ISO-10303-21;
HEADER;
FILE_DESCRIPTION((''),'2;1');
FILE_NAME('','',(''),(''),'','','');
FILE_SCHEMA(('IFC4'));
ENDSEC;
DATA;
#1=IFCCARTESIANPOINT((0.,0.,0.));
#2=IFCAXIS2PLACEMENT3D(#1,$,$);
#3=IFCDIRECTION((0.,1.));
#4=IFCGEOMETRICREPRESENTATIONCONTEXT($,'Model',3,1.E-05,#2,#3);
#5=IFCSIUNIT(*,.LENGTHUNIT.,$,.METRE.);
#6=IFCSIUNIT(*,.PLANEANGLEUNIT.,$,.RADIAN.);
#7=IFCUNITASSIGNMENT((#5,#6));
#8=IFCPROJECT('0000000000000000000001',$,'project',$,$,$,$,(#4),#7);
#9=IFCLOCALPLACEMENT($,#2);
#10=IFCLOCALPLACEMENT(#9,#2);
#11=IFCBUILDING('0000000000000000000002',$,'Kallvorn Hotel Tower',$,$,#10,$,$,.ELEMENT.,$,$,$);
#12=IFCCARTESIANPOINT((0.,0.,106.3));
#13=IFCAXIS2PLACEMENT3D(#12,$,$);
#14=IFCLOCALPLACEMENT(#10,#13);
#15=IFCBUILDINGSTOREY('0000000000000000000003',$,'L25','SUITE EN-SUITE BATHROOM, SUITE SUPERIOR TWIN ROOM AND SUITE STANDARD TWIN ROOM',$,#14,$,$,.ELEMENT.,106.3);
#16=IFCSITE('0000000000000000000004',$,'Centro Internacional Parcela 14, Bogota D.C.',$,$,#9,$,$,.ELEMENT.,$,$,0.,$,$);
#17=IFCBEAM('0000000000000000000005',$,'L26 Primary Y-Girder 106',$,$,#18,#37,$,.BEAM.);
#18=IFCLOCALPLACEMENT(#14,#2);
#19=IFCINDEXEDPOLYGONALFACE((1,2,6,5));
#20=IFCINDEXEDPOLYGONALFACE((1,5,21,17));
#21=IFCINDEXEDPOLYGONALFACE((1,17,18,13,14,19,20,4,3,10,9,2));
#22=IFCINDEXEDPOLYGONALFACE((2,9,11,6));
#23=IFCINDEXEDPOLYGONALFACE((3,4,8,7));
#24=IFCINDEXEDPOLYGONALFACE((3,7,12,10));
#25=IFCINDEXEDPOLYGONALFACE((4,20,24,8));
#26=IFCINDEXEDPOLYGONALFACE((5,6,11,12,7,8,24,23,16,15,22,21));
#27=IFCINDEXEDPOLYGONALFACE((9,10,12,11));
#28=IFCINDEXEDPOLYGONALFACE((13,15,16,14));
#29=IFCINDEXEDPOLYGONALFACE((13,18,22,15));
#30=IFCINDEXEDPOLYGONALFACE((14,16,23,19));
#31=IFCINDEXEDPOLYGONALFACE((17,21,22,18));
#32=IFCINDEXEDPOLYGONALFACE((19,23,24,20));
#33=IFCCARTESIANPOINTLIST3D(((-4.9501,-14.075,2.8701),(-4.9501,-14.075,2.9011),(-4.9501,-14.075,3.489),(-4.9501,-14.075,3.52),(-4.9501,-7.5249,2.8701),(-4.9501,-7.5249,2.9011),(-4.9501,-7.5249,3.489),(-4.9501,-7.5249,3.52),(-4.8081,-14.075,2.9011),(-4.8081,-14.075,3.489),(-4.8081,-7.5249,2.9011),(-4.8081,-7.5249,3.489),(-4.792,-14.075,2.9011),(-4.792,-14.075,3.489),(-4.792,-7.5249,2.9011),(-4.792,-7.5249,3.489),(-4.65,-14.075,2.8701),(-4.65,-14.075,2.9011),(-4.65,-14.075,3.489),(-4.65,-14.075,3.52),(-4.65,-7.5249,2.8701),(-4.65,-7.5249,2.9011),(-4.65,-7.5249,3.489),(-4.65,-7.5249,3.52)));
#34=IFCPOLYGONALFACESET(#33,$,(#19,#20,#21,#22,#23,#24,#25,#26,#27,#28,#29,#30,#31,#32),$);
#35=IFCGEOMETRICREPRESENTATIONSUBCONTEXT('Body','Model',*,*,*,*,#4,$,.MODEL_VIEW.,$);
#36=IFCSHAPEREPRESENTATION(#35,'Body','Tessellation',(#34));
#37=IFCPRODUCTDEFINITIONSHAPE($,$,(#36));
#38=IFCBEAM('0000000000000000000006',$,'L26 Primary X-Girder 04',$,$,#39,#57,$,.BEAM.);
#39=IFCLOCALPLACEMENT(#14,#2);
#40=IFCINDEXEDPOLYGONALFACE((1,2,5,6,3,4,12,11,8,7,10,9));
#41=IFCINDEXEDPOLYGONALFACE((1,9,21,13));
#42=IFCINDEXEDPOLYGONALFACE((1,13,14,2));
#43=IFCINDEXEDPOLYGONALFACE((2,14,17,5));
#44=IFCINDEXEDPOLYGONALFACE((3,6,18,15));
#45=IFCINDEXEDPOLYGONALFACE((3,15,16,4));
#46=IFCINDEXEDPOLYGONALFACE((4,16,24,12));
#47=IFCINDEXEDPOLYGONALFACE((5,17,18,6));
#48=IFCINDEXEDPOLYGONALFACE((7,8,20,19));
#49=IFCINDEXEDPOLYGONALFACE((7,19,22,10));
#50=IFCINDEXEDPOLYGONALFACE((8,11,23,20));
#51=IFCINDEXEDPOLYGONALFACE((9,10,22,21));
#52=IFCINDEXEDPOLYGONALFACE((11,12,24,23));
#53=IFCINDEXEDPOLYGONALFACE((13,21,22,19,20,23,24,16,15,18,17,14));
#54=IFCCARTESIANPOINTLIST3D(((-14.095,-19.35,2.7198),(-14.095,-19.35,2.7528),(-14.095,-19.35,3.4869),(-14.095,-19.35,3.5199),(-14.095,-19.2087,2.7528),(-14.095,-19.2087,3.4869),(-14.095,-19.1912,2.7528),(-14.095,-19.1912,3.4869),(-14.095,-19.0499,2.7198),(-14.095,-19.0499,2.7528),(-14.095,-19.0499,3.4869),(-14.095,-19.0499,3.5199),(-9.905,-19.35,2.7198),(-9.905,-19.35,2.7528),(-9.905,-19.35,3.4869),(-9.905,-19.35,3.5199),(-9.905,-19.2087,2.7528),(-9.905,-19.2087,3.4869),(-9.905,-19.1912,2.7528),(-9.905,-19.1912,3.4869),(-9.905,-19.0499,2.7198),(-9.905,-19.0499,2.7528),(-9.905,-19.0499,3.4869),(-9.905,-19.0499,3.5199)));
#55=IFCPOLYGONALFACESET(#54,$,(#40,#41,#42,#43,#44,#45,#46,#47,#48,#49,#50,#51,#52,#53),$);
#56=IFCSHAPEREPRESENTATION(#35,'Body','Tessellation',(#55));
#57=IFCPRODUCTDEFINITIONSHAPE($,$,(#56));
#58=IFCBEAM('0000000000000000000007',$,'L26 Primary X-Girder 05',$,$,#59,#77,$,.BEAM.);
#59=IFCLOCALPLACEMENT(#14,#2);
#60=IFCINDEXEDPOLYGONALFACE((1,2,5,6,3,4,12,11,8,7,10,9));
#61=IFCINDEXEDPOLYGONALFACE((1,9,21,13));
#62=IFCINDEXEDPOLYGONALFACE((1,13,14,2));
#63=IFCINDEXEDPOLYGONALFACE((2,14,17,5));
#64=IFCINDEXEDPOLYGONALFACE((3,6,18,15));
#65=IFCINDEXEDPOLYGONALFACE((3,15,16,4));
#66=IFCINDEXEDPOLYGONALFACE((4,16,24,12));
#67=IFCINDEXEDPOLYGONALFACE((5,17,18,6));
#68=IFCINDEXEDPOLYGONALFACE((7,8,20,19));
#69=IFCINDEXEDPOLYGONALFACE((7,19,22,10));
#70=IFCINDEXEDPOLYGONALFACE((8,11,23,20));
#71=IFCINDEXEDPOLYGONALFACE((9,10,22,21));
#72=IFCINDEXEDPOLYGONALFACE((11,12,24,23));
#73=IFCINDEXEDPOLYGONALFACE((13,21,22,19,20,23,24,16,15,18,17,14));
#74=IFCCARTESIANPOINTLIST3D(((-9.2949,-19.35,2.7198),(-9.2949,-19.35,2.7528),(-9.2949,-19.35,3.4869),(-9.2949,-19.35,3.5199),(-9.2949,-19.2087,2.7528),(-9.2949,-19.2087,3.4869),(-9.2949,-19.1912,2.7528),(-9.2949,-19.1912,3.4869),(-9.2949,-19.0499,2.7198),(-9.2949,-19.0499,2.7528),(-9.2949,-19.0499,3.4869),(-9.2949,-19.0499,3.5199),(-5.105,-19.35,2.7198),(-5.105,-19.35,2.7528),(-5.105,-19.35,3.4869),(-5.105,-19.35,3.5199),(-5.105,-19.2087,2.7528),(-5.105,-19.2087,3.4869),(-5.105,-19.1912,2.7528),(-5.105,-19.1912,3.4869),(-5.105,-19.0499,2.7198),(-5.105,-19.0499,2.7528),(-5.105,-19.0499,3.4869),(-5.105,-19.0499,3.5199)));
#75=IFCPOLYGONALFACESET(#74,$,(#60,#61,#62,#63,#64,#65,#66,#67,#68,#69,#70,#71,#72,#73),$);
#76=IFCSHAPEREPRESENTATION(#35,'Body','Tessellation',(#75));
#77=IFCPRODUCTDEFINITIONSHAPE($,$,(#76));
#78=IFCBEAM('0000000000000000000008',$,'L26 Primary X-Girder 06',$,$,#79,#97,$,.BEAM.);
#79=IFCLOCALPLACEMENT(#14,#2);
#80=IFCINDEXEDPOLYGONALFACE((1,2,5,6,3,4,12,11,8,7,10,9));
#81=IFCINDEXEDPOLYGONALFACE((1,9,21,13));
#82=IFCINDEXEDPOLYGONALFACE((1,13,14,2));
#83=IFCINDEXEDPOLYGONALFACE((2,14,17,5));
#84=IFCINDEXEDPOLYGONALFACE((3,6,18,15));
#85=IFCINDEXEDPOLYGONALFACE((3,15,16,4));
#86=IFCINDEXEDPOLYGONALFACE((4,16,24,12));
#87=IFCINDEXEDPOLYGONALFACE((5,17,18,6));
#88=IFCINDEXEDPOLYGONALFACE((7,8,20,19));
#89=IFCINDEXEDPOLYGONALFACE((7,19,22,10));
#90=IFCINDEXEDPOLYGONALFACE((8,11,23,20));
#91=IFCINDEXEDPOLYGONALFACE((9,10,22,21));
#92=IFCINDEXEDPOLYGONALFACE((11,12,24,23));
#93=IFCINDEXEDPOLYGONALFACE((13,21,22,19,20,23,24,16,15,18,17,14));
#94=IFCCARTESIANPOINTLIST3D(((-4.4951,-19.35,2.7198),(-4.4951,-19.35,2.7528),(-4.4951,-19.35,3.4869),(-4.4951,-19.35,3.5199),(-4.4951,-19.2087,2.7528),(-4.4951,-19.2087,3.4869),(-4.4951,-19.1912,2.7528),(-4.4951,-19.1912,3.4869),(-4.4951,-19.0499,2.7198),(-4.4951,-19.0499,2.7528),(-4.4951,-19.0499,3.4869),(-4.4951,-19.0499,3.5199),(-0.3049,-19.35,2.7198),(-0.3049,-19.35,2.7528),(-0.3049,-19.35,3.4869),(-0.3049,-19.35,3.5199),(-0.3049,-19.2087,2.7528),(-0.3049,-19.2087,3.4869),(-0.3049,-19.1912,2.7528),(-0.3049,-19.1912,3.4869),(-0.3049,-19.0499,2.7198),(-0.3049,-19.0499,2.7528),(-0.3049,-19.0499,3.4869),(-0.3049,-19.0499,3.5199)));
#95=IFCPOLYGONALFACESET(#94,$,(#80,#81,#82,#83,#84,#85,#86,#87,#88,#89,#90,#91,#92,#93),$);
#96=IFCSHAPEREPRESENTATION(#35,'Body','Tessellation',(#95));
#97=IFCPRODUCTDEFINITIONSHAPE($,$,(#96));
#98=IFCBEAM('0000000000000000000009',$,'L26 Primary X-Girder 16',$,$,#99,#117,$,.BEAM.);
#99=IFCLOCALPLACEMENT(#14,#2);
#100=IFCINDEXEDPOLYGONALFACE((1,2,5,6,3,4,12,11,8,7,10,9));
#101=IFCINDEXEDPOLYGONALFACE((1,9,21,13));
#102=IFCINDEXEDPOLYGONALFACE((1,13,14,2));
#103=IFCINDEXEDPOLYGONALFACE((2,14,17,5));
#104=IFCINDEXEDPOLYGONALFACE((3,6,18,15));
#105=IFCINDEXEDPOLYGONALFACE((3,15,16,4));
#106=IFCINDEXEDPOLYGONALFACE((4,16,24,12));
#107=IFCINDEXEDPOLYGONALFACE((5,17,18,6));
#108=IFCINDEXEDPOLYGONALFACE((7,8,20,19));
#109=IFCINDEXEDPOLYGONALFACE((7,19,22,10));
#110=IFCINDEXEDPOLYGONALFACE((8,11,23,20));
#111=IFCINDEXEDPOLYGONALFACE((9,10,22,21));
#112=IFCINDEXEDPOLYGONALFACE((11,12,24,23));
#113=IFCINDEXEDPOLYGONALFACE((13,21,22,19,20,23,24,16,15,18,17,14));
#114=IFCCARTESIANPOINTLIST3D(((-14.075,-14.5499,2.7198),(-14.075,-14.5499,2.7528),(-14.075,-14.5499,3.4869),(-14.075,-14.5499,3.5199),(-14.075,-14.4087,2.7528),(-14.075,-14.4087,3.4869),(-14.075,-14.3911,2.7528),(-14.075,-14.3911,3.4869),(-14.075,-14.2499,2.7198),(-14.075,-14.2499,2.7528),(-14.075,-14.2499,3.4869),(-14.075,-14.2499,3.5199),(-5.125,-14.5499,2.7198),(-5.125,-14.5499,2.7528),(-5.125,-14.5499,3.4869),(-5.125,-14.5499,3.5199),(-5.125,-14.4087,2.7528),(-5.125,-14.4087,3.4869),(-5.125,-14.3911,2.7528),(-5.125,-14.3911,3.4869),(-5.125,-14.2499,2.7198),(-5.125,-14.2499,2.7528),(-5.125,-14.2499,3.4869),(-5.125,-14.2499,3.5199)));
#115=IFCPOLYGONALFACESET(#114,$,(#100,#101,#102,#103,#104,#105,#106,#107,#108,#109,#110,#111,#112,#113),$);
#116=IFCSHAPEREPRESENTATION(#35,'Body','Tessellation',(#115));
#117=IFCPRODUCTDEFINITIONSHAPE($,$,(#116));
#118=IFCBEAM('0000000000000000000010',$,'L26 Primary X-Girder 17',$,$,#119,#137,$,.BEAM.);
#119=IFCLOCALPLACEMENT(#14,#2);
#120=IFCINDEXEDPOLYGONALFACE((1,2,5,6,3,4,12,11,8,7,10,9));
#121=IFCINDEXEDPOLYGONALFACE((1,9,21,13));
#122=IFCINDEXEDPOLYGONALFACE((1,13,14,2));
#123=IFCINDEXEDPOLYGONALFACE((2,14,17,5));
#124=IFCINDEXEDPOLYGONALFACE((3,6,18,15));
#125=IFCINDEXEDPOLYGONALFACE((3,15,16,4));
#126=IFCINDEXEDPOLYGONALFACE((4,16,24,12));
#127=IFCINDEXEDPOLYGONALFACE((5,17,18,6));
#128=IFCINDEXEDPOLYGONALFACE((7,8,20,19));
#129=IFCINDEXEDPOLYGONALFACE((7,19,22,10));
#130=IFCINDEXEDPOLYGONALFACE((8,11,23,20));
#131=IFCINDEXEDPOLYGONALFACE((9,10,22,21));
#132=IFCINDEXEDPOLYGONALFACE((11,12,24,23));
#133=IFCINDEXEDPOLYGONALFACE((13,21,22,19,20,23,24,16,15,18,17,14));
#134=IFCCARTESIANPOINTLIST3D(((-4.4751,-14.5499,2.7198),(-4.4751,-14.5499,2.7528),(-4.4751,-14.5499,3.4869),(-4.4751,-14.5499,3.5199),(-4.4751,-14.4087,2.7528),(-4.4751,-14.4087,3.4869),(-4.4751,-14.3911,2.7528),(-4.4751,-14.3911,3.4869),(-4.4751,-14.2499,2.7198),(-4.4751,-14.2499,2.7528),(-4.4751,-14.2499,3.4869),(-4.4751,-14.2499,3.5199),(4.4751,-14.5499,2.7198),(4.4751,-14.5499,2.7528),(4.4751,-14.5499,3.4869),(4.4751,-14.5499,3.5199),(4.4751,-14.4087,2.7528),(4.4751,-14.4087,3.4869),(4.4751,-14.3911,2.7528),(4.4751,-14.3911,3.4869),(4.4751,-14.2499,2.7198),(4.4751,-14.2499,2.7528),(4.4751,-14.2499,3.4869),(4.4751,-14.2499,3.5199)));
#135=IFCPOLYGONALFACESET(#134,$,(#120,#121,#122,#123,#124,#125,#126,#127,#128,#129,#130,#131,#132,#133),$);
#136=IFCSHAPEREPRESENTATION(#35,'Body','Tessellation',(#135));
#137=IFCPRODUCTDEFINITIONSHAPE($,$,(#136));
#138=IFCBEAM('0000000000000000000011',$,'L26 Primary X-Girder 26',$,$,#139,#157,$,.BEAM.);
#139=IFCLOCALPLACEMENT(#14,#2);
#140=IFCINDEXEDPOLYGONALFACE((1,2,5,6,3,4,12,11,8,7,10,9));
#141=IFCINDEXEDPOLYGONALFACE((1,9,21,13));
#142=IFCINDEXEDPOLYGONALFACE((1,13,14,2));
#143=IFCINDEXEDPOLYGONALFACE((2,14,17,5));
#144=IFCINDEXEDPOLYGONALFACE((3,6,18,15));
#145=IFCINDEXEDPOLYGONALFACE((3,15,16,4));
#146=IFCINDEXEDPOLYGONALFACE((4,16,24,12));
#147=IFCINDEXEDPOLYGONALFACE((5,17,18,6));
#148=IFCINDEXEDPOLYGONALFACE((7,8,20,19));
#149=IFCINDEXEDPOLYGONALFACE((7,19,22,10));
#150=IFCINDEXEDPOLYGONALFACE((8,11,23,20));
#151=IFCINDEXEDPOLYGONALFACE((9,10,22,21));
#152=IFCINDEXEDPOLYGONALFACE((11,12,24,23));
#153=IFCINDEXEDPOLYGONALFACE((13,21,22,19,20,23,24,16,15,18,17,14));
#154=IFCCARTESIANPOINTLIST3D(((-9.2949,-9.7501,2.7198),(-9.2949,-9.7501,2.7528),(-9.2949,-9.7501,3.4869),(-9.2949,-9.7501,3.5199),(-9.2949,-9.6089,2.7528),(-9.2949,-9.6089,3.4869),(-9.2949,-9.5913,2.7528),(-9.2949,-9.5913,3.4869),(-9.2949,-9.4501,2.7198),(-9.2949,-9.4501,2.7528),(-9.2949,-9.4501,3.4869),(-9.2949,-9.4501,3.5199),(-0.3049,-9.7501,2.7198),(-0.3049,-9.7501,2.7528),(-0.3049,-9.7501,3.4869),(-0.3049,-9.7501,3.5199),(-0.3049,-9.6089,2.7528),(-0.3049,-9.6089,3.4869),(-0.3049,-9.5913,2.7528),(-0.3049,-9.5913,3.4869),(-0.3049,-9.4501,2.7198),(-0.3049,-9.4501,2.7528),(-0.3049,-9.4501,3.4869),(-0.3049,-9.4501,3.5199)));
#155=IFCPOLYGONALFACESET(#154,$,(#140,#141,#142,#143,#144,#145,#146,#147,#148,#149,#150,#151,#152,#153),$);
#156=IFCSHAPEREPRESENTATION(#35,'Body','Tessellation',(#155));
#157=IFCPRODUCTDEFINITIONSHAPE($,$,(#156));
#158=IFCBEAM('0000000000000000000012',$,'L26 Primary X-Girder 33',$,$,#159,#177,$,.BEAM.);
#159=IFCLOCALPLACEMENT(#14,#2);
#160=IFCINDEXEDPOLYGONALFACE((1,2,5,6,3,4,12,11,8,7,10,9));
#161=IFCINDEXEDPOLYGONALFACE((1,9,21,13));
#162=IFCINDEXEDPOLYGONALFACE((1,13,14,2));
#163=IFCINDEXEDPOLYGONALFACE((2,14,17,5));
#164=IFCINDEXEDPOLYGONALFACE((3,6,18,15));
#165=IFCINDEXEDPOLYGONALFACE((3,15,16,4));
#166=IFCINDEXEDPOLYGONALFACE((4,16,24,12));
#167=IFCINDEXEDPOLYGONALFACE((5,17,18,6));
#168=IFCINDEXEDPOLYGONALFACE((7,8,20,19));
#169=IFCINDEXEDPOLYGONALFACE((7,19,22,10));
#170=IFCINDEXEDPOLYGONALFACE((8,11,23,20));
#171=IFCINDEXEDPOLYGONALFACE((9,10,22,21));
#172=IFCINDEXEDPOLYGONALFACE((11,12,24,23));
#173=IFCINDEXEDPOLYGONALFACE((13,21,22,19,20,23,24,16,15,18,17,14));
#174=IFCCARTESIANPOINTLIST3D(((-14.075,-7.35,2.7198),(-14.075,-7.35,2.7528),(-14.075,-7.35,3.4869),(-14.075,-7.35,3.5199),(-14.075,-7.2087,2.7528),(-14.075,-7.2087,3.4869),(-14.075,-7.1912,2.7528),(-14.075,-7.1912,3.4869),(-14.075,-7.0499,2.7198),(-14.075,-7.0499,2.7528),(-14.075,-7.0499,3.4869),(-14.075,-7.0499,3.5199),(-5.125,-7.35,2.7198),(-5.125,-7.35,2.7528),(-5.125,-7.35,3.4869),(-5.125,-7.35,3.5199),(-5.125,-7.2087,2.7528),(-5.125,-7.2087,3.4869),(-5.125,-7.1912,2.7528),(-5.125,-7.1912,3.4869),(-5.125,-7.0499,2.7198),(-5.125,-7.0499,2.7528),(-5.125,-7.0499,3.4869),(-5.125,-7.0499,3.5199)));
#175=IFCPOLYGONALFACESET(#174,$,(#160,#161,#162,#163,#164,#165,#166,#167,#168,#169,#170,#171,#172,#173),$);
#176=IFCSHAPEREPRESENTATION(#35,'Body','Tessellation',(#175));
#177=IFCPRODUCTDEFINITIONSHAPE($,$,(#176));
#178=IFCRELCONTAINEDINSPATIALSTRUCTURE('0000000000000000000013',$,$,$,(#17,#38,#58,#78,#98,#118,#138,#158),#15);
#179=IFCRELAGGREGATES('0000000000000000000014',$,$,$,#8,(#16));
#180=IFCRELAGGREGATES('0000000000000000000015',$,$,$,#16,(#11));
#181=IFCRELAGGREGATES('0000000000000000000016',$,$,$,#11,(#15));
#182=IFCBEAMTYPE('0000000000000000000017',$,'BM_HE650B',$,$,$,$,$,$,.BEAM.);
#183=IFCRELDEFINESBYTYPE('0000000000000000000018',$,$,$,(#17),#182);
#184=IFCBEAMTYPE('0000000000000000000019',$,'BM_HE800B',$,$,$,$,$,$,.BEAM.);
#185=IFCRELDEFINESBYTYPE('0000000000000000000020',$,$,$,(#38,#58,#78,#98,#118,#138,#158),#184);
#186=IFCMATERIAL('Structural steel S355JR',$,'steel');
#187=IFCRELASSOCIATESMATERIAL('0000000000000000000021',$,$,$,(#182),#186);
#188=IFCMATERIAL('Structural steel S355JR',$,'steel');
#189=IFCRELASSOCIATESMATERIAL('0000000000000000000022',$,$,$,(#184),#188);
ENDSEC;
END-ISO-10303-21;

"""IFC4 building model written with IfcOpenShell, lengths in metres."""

from ifc_helpers import new_model, si_unit, direction, frame, origin, origin_2d, place, context, subcontext, project, spatial, i_section, extrude, material, material_profile, profile_set, type_object, element, save


model = new_model("IFC4")

# Units and contexts
model_context = context("Model", 3, precision=1e-05, world=origin(), true_north=direction((0.0, 1.0)))
body_context = subcontext(model_context, "Body", "Model", "MODEL_VIEW")
ifc_project = project(units=[si_unit("LENGTHUNIT", "METRE"), si_unit("PLANEANGLEUNIT", "RADIAN")], contexts=[model_context])

# Site, building, storey
site_placement = place(None, origin())
site = spatial("IfcSite", under=ifc_project, at=site_placement, Name="Centro Internacional Parcela 14, Bogota D.C.", CompositionType="ELEMENT", RefElevation=0.0)
building_placement = place(site_placement, origin())
building = spatial("IfcBuilding", under=site, at=building_placement, Name="Kallvorn Hotel Tower", CompositionType="ELEMENT")
storey_placement = place(building_placement, frame((0.0, 0.0, 106.3)))
storey = spatial("IfcBuildingStorey", under=building, at=storey_placement, Name="L25", Description="SUITE EN-SUITE BATHROOM, SUITE SUPERIOR TWIN ROOM AND SUITE STANDARD TWIN ROOM", CompositionType="ELEMENT", Elevation=106.3)

# Beams
ifc_material_1 = material(Name="Structural steel S355JR", Category="steel")
ifc_material_profile_1 = material_profile(ifc_material_1, i_section(OverallWidth=0.3, OverallDepth=0.6499, WebThickness=0.0161, FlangeThickness=0.031, at=origin_2d()), Name="HE 650 B")
ifc_profile_set_1 = profile_set([ifc_material_profile_1], Name="Structural steel S355JR")
beam_type_1 = type_object("IfcBeamType", Name="BM_HE650B", PredefinedType="BEAM", material=ifc_profile_set_1)
beam_1_placement = place(storey_placement, frame((-4.8, -14.075, 3.1951), z_axis=(0.0, 1.0, 0.0), x_axis=(-1.0, 0.0, 0.0)))
element("IfcBeam", 1, at=beam_1_placement, inside=storey, type_object=beam_type_1, Name="L26 Primary Y-Girder 106", PredefinedType="BEAM", context=body_context, shape_type="SweptSolid", body=[
    extrude(i_section(OverallWidth=0.3, OverallDepth=0.6499, WebThickness=0.0161, FlangeThickness=0.031, at=origin_2d()), origin(), (0.0, 0.0, 1.0), 6.55),
])
ifc_material_2 = material(Name="Structural steel S355JR", Category="steel")
ifc_material_profile_2 = material_profile(ifc_material_2, i_section(OverallWidth=0.3, OverallDepth=0.8, WebThickness=0.0176, FlangeThickness=0.033, at=origin_2d()), Name="HE 800 B")
ifc_profile_set_2 = profile_set([ifc_material_profile_2], Name="Structural steel S355JR")
beam_type_2 = type_object("IfcBeamType", Name="BM_HE800B", PredefinedType="BEAM", material=ifc_profile_set_2)
for number, where, z_axis, x_axis, name in (
    (2, (-14.095, -19.2, 3.1199), (1.0, 0.0, 0.0), (0.0, 1.0, 0.0), "L26 Primary X-Girder 04"),
    (3, (-9.2949, -19.2, 3.1199), (1.0, 0.0, 0.0), (0.0, 1.0, 0.0), "L26 Primary X-Girder 05"),
):
    element("IfcBeam", number, at=place(storey_placement, frame(where, z_axis=z_axis, x_axis=x_axis)), inside=storey, type_object=beam_type_2, Name=name, PredefinedType="BEAM", context=body_context, shape_type="SweptSolid", body=[
        extrude(i_section(OverallWidth=0.3, OverallDepth=0.8, WebThickness=0.0176, FlangeThickness=0.033, at=origin_2d()), origin(), (0.0, 0.0, 1.0), 4.1899),
    ])
beam_2_placement = place(storey_placement, frame((-4.4951, -19.2, 3.1199), z_axis=(1.0, 0.0, 0.0), x_axis=(0.0, 1.0, 0.0)))
element("IfcBeam", 4, at=beam_2_placement, inside=storey, type_object=beam_type_2, Name="L26 Primary X-Girder 06", PredefinedType="BEAM", context=body_context, shape_type="SweptSolid", body=[
    extrude(i_section(OverallWidth=0.3, OverallDepth=0.8, WebThickness=0.0176, FlangeThickness=0.033, at=origin_2d()), origin(), (0.0, 0.0, 1.0), 4.1902),
])
beam_3_placement = place(storey_placement, frame((-14.075, -14.3999, 3.1199), z_axis=(1.0, 0.0, 0.0), x_axis=(0.0, 1.0, 0.0)))
element("IfcBeam", 5, at=beam_3_placement, inside=storey, type_object=beam_type_2, Name="L26 Primary X-Girder 16", PredefinedType="BEAM", context=body_context, shape_type="SweptSolid", body=[
    extrude(i_section(OverallWidth=0.3, OverallDepth=0.8, WebThickness=0.0176, FlangeThickness=0.033, at=origin_2d()), origin(), (0.0, 0.0, 1.0), 8.95),
])
beam_4_placement = place(storey_placement, frame((-4.4751, -14.3999, 3.1199), z_axis=(1.0, 0.0, 0.0), x_axis=(0.0, 1.0, 0.0)))
element("IfcBeam", 6, at=beam_4_placement, inside=storey, type_object=beam_type_2, Name="L26 Primary X-Girder 17", PredefinedType="BEAM", context=body_context, shape_type="SweptSolid", body=[
    extrude(i_section(OverallWidth=0.3, OverallDepth=0.8, WebThickness=0.0176, FlangeThickness=0.033, at=origin_2d()), origin(), (0.0, 0.0, 1.0), 8.9502),
])
beam_5_placement = place(storey_placement, frame((-9.2949, -9.6001, 3.1199), z_axis=(1.0, 0.0, 0.0), x_axis=(0.0, 1.0, 0.0)))
element("IfcBeam", 7, at=beam_5_placement, inside=storey, type_object=beam_type_2, Name="L26 Primary X-Girder 26", PredefinedType="BEAM", context=body_context, shape_type="SweptSolid", body=[
    extrude(i_section(OverallWidth=0.3, OverallDepth=0.8, WebThickness=0.0176, FlangeThickness=0.033, at=origin_2d()), origin(), (0.0, 0.0, 1.0), 8.99),
])
beam_6_placement = place(storey_placement, frame((-14.075, -7.2, 3.1199), z_axis=(1.0, 0.0, 0.0), x_axis=(0.0, 1.0, 0.0)))
element("IfcBeam", 8, at=beam_6_placement, inside=storey, type_object=beam_type_2, Name="L26 Primary X-Girder 33", PredefinedType="BEAM", context=body_context, shape_type="SweptSolid", body=[
    extrude(i_section(OverallWidth=0.3, OverallDepth=0.8, WebThickness=0.0176, FlangeThickness=0.033, at=origin_2d()), origin(), (0.0, 0.0, 1.0), 8.95),
])

save(model, "model.ifc")
